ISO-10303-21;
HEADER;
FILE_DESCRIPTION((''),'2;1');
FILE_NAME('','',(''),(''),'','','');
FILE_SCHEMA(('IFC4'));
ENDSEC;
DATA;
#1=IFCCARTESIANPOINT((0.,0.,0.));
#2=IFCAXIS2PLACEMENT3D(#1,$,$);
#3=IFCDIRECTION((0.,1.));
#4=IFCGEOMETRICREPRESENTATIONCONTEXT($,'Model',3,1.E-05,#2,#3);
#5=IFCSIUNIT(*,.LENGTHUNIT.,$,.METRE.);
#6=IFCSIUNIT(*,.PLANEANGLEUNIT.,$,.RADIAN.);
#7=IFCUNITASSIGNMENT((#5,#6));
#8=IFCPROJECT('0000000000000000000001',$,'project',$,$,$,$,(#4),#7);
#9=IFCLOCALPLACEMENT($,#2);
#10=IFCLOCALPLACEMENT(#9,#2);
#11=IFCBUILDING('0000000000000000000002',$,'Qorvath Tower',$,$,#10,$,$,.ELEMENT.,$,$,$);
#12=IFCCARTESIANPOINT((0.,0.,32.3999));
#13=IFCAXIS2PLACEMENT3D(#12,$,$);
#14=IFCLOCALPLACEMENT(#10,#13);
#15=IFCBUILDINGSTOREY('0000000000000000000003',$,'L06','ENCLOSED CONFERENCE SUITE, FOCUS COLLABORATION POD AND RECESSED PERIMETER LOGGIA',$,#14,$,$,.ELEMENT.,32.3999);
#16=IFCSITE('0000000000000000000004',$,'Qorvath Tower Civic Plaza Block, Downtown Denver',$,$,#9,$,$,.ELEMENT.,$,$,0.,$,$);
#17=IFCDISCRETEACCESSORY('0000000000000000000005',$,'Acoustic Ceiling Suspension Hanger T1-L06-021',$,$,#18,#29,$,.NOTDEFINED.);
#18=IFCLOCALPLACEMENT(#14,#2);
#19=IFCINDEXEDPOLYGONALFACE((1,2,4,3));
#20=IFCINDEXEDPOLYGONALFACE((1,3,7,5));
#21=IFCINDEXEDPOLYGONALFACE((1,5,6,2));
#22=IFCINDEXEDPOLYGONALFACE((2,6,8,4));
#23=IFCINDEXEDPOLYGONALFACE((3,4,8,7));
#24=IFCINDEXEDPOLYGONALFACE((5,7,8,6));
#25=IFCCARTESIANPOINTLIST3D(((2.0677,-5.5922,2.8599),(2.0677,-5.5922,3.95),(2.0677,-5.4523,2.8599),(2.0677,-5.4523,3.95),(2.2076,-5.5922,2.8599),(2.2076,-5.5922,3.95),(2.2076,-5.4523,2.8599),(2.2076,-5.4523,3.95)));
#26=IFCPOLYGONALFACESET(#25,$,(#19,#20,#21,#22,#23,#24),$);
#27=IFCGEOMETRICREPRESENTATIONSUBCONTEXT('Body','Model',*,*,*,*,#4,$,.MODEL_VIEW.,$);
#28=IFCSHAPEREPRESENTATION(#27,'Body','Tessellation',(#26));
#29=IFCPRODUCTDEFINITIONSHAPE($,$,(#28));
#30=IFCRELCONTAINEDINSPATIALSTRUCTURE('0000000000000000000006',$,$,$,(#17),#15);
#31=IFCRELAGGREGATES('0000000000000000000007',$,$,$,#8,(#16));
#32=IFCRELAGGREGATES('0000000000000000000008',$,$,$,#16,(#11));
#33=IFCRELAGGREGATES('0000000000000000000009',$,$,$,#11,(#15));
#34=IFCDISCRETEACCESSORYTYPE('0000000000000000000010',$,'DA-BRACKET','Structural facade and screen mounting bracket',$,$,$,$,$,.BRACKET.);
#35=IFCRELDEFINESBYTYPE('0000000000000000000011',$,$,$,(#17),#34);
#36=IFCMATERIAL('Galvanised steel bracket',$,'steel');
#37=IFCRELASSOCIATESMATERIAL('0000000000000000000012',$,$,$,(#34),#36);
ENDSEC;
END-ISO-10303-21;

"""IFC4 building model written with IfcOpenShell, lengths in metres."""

from ifc_helpers import new_model, si_unit, direction, frame, origin, origin_2d, place, context, subcontext, project, spatial, rectangle, extrude, material, type_object, element, save


model = new_model("IFC4")

# Units and contexts
model_context = context("Model", 3, precision=1e-05, world=origin(), true_north=direction((0.0, 1.0)))
body_context = subcontext(model_context, "Body", "Model", "MODEL_VIEW")
ifc_project = project(units=[si_unit("LENGTHUNIT", "METRE"), si_unit("PLANEANGLEUNIT", "RADIAN")], contexts=[model_context])

# Site, building, storey
site_placement = place(None, origin())
site = spatial("IfcSite", under=ifc_project, at=site_placement, Name="Qorvath Tower Civic Plaza Block, Downtown Denver", CompositionType="ELEMENT", RefElevation=0.0)
building_placement = place(site_placement, origin())
building = spatial("IfcBuilding", under=site, at=building_placement, Name="Qorvath Tower", CompositionType="ELEMENT")
storey_placement = place(building_placement, frame((0.0, 0.0, 32.3999)))
storey = spatial("IfcBuildingStorey", under=building, at=storey_placement, Name="L06", Description="ENCLOSED CONFERENCE SUITE, FOCUS COLLABORATION POD AND RECESSED PERIMETER LOGGIA", CompositionType="ELEMENT", Elevation=32.3999)

# Discrete accessory
ifc_material_1 = material(Name="Galvanised steel bracket", Category="steel")
discrete_accessory_type = type_object("IfcDiscreteAccessoryType", Name="DA-BRACKET", Description="Structural facade and screen mounting bracket", PredefinedType="BRACKET", material=ifc_material_1)
discrete_accessory_placement = place(storey_placement, frame((2.1377, -5.5222, 2.8599), z_axis=(0.0, 0.0, 1.0), x_axis=(1.0, 0.0, 0.0)))
element("IfcDiscreteAccessory", 1, at=discrete_accessory_placement, inside=storey, type_object=discrete_accessory_type, Name="Acoustic Ceiling Suspension Hanger T1-L06-021", PredefinedType="NOTDEFINED", context=body_context, shape_type="SweptSolid", body=[
    extrude(rectangle(XDim=0.1399, YDim=0.1399, at=origin_2d()), origin(), (0.0, 0.0, 1.0), 1.0901),
])

save(model, "model.ifc")
